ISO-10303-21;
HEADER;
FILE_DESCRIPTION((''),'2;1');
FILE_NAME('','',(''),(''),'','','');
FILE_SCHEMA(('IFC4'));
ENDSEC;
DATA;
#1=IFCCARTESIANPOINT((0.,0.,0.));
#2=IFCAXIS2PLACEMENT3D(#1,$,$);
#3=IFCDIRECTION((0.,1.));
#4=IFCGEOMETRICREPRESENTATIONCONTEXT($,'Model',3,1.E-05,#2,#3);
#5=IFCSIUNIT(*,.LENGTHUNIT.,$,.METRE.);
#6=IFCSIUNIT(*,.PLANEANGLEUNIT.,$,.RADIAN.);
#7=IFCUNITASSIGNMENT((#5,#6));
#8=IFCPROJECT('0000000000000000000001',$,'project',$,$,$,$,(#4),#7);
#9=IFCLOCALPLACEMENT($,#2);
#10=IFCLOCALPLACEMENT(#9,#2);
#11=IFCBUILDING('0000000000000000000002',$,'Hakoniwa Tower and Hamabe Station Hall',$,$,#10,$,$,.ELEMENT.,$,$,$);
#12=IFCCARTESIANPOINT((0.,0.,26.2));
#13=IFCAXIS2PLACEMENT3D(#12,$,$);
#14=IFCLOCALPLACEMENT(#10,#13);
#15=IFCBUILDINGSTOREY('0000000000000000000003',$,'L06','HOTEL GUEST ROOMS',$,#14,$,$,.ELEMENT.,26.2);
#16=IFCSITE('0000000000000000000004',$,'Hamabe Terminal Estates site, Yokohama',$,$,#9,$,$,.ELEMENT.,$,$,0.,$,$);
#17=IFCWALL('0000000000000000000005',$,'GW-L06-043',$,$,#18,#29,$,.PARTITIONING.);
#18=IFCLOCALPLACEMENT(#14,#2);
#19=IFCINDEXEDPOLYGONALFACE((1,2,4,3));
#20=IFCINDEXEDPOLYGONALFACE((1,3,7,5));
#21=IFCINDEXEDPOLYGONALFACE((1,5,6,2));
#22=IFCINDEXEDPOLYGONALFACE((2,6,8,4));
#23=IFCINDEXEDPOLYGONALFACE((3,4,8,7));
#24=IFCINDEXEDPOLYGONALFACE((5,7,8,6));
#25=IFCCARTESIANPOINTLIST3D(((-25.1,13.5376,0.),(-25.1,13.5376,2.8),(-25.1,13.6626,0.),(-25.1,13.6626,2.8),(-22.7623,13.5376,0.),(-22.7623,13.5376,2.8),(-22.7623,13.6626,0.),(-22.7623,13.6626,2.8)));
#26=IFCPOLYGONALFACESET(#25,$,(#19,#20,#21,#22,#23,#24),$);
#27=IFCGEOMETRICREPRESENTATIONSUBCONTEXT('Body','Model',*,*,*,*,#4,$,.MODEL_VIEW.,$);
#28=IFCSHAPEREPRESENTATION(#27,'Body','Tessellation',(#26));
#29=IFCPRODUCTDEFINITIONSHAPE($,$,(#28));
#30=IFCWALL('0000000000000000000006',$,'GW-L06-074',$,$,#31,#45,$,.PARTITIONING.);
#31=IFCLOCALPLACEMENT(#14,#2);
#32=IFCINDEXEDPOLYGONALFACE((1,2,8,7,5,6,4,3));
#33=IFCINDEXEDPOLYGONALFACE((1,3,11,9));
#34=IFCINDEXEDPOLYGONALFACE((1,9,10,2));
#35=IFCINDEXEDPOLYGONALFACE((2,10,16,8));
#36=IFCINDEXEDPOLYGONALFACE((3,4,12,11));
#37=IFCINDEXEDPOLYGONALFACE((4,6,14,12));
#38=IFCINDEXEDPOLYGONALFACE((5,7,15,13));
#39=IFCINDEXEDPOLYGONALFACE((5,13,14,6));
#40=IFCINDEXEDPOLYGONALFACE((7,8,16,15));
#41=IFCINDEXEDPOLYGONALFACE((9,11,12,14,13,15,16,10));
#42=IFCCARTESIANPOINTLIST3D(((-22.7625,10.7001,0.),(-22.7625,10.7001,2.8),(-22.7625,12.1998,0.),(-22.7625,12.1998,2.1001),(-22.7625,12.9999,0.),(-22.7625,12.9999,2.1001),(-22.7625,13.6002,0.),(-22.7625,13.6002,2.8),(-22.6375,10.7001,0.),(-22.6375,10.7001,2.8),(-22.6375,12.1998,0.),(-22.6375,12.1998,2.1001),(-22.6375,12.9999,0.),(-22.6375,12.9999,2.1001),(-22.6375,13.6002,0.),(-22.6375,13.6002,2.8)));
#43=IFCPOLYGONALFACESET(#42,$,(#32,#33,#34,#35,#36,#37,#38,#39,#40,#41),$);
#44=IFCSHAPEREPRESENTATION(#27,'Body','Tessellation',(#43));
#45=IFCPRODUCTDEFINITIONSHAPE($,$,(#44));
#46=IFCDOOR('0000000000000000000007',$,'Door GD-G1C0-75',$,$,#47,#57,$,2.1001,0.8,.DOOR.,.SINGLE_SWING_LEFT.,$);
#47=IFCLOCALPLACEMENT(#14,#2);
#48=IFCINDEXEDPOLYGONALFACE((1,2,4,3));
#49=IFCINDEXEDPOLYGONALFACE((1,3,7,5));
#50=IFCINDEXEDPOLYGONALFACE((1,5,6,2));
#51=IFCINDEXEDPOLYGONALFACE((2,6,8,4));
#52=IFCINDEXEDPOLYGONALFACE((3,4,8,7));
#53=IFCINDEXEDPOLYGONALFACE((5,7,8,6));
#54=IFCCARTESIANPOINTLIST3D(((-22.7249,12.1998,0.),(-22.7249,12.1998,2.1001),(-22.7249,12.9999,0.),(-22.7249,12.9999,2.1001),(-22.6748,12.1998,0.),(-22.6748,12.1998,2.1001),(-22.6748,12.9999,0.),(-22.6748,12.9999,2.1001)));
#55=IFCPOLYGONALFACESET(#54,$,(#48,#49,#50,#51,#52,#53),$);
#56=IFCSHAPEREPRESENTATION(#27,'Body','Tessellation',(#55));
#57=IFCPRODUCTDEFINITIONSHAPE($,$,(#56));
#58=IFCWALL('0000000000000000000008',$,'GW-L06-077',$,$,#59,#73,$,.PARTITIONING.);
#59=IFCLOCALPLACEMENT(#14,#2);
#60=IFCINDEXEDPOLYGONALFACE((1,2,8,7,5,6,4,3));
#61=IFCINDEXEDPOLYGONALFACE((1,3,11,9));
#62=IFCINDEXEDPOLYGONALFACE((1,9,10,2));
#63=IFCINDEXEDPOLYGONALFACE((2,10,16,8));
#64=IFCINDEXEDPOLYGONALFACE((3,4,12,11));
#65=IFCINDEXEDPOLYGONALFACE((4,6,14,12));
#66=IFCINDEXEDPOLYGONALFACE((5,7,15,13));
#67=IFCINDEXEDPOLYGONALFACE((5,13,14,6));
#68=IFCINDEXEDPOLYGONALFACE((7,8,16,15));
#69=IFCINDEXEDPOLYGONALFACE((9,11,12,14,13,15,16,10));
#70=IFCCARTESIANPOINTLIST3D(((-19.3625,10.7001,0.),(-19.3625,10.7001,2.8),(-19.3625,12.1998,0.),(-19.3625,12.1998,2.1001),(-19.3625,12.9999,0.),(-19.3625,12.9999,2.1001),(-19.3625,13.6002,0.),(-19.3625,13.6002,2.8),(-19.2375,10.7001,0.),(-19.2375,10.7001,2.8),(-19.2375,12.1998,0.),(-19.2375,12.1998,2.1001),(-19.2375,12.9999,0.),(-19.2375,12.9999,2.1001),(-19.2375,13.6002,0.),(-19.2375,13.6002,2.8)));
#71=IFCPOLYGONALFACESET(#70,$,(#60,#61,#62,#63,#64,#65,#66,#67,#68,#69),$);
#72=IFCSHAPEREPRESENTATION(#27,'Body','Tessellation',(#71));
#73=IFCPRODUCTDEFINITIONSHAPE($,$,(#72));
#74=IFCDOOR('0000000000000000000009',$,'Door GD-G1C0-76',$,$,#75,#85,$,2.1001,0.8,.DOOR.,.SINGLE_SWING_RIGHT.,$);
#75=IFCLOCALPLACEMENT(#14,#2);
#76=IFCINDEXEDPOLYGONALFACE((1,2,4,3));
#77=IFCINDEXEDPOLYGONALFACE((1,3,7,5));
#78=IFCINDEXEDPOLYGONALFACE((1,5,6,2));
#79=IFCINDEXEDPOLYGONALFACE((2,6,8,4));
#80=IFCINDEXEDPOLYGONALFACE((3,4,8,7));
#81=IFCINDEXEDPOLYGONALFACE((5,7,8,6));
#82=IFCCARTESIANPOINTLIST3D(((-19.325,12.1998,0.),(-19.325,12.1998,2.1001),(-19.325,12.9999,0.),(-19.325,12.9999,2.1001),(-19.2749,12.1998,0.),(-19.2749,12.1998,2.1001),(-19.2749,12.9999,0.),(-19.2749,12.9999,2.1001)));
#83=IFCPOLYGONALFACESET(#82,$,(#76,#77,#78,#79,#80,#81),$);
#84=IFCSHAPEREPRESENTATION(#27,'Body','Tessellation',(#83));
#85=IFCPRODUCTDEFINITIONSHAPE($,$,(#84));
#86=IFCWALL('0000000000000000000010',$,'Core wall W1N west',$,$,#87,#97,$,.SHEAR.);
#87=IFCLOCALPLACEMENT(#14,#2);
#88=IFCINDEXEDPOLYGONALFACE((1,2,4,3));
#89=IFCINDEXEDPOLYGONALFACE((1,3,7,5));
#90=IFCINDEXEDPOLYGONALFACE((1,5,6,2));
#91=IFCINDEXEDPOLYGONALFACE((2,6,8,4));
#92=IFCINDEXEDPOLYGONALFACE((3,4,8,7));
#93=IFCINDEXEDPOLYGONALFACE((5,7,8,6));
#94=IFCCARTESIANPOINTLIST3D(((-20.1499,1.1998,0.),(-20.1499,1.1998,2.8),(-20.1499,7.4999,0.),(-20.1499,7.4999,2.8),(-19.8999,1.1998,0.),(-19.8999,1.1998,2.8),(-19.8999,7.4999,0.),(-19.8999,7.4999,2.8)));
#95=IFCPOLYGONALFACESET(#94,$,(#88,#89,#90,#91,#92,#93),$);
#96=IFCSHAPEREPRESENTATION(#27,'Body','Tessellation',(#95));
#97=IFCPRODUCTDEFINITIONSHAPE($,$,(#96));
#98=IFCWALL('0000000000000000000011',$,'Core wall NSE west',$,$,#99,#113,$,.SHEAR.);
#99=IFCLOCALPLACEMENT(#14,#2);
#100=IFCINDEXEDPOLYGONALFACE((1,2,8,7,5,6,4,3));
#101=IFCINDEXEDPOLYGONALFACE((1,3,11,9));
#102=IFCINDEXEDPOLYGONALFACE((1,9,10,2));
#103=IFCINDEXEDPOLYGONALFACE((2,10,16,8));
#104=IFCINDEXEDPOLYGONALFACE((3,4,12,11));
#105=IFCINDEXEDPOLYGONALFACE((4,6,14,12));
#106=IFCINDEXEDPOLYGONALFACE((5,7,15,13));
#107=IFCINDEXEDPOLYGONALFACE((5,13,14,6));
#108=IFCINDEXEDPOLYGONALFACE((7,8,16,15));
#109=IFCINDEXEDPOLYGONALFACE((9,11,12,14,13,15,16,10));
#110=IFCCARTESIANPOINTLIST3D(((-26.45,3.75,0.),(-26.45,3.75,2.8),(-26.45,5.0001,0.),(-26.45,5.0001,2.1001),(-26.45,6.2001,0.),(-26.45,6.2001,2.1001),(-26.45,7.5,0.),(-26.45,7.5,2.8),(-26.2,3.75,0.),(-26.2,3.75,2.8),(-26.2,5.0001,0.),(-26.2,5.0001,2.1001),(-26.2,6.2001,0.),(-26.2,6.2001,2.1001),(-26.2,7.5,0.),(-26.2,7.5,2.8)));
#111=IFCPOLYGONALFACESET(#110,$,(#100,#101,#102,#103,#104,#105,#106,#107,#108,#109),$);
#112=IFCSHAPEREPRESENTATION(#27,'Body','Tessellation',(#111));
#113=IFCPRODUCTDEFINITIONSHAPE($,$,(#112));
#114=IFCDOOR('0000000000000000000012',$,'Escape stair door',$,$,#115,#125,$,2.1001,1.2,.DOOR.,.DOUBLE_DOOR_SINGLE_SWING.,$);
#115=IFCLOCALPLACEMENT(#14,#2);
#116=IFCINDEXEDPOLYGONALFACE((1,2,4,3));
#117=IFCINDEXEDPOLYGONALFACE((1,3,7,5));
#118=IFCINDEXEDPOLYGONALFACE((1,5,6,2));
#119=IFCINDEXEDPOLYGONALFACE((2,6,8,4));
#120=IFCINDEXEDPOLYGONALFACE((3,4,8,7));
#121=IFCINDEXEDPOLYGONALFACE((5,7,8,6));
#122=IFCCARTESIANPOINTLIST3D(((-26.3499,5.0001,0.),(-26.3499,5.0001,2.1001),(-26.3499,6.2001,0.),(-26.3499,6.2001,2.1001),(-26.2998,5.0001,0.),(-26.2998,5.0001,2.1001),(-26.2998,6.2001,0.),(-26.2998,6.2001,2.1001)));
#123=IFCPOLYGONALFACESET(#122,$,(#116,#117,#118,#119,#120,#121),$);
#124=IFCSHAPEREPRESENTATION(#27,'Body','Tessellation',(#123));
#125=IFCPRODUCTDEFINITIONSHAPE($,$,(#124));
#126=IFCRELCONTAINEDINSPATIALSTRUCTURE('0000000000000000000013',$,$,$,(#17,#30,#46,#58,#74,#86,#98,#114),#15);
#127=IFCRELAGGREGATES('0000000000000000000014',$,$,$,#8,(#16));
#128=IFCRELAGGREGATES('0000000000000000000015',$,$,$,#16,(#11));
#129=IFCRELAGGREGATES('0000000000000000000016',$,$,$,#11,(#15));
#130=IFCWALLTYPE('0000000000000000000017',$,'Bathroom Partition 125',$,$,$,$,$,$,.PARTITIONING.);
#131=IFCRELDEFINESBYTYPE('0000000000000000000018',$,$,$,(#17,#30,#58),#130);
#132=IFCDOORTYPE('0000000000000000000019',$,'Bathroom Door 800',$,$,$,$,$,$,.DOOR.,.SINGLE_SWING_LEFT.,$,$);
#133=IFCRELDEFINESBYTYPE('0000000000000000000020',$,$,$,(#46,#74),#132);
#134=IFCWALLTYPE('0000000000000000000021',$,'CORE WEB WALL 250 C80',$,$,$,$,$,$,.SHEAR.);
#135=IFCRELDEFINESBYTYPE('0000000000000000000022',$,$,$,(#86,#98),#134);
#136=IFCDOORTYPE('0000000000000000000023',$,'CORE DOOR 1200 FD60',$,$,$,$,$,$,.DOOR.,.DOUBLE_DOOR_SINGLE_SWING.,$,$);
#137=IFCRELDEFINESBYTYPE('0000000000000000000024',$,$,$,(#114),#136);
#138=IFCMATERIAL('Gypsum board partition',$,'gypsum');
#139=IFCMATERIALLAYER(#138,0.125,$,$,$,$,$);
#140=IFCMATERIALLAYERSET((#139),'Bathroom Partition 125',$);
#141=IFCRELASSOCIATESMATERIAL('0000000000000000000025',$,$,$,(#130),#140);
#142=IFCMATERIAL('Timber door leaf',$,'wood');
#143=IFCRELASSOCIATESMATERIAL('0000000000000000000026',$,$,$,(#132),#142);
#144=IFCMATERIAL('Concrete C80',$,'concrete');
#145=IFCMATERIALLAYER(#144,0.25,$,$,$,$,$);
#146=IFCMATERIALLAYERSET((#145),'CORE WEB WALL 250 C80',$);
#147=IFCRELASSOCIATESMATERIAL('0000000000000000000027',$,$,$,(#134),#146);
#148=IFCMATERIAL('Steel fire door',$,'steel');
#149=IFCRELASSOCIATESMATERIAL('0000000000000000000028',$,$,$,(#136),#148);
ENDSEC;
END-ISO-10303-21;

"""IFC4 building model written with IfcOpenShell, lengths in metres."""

from ifc_helpers import new_model, si_unit, direction, frame, frame_2d, origin, place, context, subcontext, project, spatial, rectangle, extrude, material, layer, layer_set, type_object, element, fill, save


model = new_model("IFC4")

# Units and contexts
model_context = context("Model", 3, precision=1e-05, world=origin(), true_north=direction((0.0, 1.0)))
body_context = subcontext(model_context, "Body", "Model", "MODEL_VIEW")
ifc_project = project(units=[si_unit("LENGTHUNIT", "METRE"), si_unit("PLANEANGLEUNIT", "RADIAN")], contexts=[model_context])

# Site, building, storey
site_placement = place(None, origin())
site = spatial("IfcSite", under=ifc_project, at=site_placement, Name="Hamabe Terminal Estates site, Yokohama", CompositionType="ELEMENT", RefElevation=0.0)
building_placement = place(site_placement, origin())
building = spatial("IfcBuilding", under=site, at=building_placement, Name="Hakoniwa Tower and Hamabe Station Hall", CompositionType="ELEMENT")
storey_placement = place(building_placement, frame((0.0, 0.0, 26.2)))
storey = spatial("IfcBuildingStorey", under=building, at=storey_placement, Name="L06", Description="HOTEL GUEST ROOMS", CompositionType="ELEMENT", Elevation=26.2)

# Wall
ifc_material_1 = material(Name="Gypsum board partition", Category="gypsum")
ifc_layer_1 = layer(ifc_material_1, 0.125)
ifc_layer_set_1 = layer_set([ifc_layer_1], Name="Bathroom Partition 125")
wall_type_1 = type_object("IfcWallType", Name="Bathroom Partition 125", PredefinedType="PARTITIONING", material=ifc_layer_set_1)
wall_1_placement = place(storey_placement, frame((-25.1001, 13.6001, 0.0), z_axis=(0.0, 0.0, 1.0), x_axis=(1.0, 0.0, 0.0)))
element("IfcWall", 1, at=wall_1_placement, inside=storey, type_object=wall_type_1, Name="GW-L06-043", PredefinedType="PARTITIONING", context=body_context, shape_type="SweptSolid", body=[
    extrude(rectangle(XDim=2.3376, YDim=0.125, at=frame_2d((1.1689, 0.0))), origin(), (0.0, 0.0, 1.0), 2.8),
])

# Walls, openings, doors
wall_2_placement = place(storey_placement, frame((-22.7, 10.7, 0.0), z_axis=(0.0, 0.0, 1.0), x_axis=(0.0, 1.0, 0.0)))
wall_2 = element("IfcWall", 2, at=wall_2_placement, inside=storey, type_object=wall_type_1, Name="GW-L06-074", PredefinedType="PARTITIONING", context=body_context, shape_type="SweptSolid", body=[
    extrude(rectangle(XDim=2.9001, YDim=0.125, at=frame_2d((1.4502, 0.0))), origin(), (0.0, 0.0, 1.0), 2.8),
])
opening_1_placement = place(wall_2_placement, frame((1.5, 0.0, 0.0)))
opening_1 = element("IfcOpeningElement", 3, at=opening_1_placement, cuts=wall_2, PredefinedType="OPENING", context=body_context, shape_type="SweptSolid", body=[
    extrude(rectangle(XDim=0.8, YDim=2.1001, at=frame_2d((0.3999, 1.05))), frame((0.0, 0.0725, 0.0), z_axis=(0.0, -1.0, 0.0), x_axis=(1.0, 0.0, 0.0)), (0.0, 0.0, 1.0), 0.145),
])
ifc_material_2 = material(Name="Timber door leaf", Category="wood")
door_type_1 = type_object("IfcDoorType", Name="Bathroom Door 800", OperationType="SINGLE_SWING_LEFT", PredefinedType="DOOR", material=ifc_material_2)
door_1_placement = place(opening_1_placement, origin())
door_1 = element("IfcDoor", 4, at=door_1_placement, inside=storey, type_object=door_type_1, Name="Door GD-G1C0-75", OperationType="SINGLE_SWING_LEFT", OverallHeight=2.1001, OverallWidth=0.8, PredefinedType="DOOR", context=body_context, shape_type="SweptSolid", body=[
    extrude(rectangle(XDim=0.8, YDim=2.1001, at=frame_2d((0.3999, 1.05))), frame((0.0, 0.0249, 0.0), z_axis=(0.0, -1.0, 0.0), x_axis=(1.0, 0.0, 0.0)), (0.0, 0.0, 1.0), 0.05),
])
fill(opening_1, door_1)
wall_3_placement = place(storey_placement, frame((-19.3, 10.7, 0.0), z_axis=(0.0, 0.0, 1.0), x_axis=(0.0, 1.0, 0.0)))
wall_3 = element("IfcWall", 5, at=wall_3_placement, inside=storey, type_object=wall_type_1, Name="GW-L06-077", PredefinedType="PARTITIONING", context=body_context, shape_type="SweptSolid", body=[
    extrude(rectangle(XDim=2.9001, YDim=0.125, at=frame_2d((1.4502, 0.0))), origin(), (0.0, 0.0, 1.0), 2.8),
])
opening_2_placement = place(wall_3_placement, frame((1.5, 0.0, 0.0)))
opening_2 = element("IfcOpeningElement", 6, at=opening_2_placement, cuts=wall_3, PredefinedType="OPENING", context=body_context, shape_type="SweptSolid", body=[
    extrude(rectangle(XDim=0.8, YDim=2.1001, at=frame_2d((0.3999, 1.05))), frame((0.0, 0.0725, 0.0), z_axis=(0.0, -1.0, 0.0), x_axis=(1.0, 0.0, 0.0)), (0.0, 0.0, 1.0), 0.145),
])
door_2_placement = place(opening_2_placement, origin())
door_2 = element("IfcDoor", 7, at=door_2_placement, inside=storey, type_object=door_type_1, Name="Door GD-G1C0-76", OperationType="SINGLE_SWING_RIGHT", OverallHeight=2.1001, OverallWidth=0.8, PredefinedType="DOOR", context=body_context, shape_type="SweptSolid", body=[
    extrude(rectangle(XDim=0.8, YDim=2.1001, at=frame_2d((0.3999, 1.05))), frame((0.0, 0.0249, 0.0), z_axis=(0.0, -1.0, 0.0), x_axis=(1.0, 0.0, 0.0)), (0.0, 0.0, 1.0), 0.05),
])
fill(opening_2, door_2)

# Wall
ifc_material_3 = material(Name="Concrete C80", Category="concrete")
ifc_layer_2 = layer(ifc_material_3, 0.25)
ifc_layer_set_2 = layer_set([ifc_layer_2], Name="CORE WEB WALL 250 C80")
wall_type_2 = type_object("IfcWallType", Name="CORE WEB WALL 250 C80", PredefinedType="SHEAR", material=ifc_layer_set_2)
wall_4_placement = place(storey_placement, frame((-20.0249, 1.2, 0.0), z_axis=(0.0, 0.0, 1.0), x_axis=(0.0, 1.0, 0.0)))
element("IfcWall", 8, at=wall_4_placement, inside=storey, type_object=wall_type_2, Name="Core wall W1N west", PredefinedType="SHEAR", context=body_context, shape_type="SweptSolid", body=[
    extrude(rectangle(XDim=6.3, YDim=0.25, at=frame_2d((3.1499, 0.0))), origin(), (0.0, 0.0, 1.0), 2.8),
])

# Wall, opening, door
wall_5_placement = place(storey_placement, frame((-26.325, 3.75, 0.0), z_axis=(0.0, 0.0, 1.0), x_axis=(0.0, 1.0, 0.0)))
wall_5 = element("IfcWall", 9, at=wall_5_placement, inside=storey, type_object=wall_type_2, Name="Core wall NSE west", PredefinedType="SHEAR", context=body_context, shape_type="SweptSolid", body=[
    extrude(rectangle(XDim=3.75, YDim=0.25, at=frame_2d((1.875, 0.0))), origin(), (0.0, 0.0, 1.0), 2.8),
])
opening_3_placement = place(wall_5_placement, frame((1.25, 0.0, 0.0)))
opening_3 = element("IfcOpeningElement", 10, at=opening_3_placement, cuts=wall_5, PredefinedType="OPENING", context=body_context, shape_type="SweptSolid", body=[
    extrude(rectangle(XDim=1.2, YDim=2.1001, at=frame_2d((0.6001, 1.05))), frame((0.0, 0.135, 0.0), z_axis=(0.0, -1.0, 0.0), x_axis=(1.0, 0.0, 0.0)), (0.0, 0.0, 1.0), 0.27),
])
ifc_material_4 = material(Name="Steel fire door", Category="steel")
door_type_2 = type_object("IfcDoorType", Name="CORE DOOR 1200 FD60", OperationType="DOUBLE_DOOR_SINGLE_SWING", PredefinedType="DOOR", material=ifc_material_4)
door_3_placement = place(opening_3_placement, origin())
door_3 = element("IfcDoor", 11, at=door_3_placement, inside=storey, type_object=door_type_2, Name="Escape stair door", OperationType="DOUBLE_DOOR_SINGLE_SWING", OverallHeight=2.1001, OverallWidth=1.2, PredefinedType="DOOR", context=body_context, shape_type="SweptSolid", body=[
    extrude(rectangle(XDim=1.2, YDim=2.1001, at=frame_2d((0.6001, 1.05))), frame((0.0, 0.0249, 0.0), z_axis=(0.0, -1.0, 0.0), x_axis=(1.0, 0.0, 0.0)), (0.0, 0.0, 1.0), 0.05),
])
fill(opening_3, door_3)

save(model, "model.ifc")
